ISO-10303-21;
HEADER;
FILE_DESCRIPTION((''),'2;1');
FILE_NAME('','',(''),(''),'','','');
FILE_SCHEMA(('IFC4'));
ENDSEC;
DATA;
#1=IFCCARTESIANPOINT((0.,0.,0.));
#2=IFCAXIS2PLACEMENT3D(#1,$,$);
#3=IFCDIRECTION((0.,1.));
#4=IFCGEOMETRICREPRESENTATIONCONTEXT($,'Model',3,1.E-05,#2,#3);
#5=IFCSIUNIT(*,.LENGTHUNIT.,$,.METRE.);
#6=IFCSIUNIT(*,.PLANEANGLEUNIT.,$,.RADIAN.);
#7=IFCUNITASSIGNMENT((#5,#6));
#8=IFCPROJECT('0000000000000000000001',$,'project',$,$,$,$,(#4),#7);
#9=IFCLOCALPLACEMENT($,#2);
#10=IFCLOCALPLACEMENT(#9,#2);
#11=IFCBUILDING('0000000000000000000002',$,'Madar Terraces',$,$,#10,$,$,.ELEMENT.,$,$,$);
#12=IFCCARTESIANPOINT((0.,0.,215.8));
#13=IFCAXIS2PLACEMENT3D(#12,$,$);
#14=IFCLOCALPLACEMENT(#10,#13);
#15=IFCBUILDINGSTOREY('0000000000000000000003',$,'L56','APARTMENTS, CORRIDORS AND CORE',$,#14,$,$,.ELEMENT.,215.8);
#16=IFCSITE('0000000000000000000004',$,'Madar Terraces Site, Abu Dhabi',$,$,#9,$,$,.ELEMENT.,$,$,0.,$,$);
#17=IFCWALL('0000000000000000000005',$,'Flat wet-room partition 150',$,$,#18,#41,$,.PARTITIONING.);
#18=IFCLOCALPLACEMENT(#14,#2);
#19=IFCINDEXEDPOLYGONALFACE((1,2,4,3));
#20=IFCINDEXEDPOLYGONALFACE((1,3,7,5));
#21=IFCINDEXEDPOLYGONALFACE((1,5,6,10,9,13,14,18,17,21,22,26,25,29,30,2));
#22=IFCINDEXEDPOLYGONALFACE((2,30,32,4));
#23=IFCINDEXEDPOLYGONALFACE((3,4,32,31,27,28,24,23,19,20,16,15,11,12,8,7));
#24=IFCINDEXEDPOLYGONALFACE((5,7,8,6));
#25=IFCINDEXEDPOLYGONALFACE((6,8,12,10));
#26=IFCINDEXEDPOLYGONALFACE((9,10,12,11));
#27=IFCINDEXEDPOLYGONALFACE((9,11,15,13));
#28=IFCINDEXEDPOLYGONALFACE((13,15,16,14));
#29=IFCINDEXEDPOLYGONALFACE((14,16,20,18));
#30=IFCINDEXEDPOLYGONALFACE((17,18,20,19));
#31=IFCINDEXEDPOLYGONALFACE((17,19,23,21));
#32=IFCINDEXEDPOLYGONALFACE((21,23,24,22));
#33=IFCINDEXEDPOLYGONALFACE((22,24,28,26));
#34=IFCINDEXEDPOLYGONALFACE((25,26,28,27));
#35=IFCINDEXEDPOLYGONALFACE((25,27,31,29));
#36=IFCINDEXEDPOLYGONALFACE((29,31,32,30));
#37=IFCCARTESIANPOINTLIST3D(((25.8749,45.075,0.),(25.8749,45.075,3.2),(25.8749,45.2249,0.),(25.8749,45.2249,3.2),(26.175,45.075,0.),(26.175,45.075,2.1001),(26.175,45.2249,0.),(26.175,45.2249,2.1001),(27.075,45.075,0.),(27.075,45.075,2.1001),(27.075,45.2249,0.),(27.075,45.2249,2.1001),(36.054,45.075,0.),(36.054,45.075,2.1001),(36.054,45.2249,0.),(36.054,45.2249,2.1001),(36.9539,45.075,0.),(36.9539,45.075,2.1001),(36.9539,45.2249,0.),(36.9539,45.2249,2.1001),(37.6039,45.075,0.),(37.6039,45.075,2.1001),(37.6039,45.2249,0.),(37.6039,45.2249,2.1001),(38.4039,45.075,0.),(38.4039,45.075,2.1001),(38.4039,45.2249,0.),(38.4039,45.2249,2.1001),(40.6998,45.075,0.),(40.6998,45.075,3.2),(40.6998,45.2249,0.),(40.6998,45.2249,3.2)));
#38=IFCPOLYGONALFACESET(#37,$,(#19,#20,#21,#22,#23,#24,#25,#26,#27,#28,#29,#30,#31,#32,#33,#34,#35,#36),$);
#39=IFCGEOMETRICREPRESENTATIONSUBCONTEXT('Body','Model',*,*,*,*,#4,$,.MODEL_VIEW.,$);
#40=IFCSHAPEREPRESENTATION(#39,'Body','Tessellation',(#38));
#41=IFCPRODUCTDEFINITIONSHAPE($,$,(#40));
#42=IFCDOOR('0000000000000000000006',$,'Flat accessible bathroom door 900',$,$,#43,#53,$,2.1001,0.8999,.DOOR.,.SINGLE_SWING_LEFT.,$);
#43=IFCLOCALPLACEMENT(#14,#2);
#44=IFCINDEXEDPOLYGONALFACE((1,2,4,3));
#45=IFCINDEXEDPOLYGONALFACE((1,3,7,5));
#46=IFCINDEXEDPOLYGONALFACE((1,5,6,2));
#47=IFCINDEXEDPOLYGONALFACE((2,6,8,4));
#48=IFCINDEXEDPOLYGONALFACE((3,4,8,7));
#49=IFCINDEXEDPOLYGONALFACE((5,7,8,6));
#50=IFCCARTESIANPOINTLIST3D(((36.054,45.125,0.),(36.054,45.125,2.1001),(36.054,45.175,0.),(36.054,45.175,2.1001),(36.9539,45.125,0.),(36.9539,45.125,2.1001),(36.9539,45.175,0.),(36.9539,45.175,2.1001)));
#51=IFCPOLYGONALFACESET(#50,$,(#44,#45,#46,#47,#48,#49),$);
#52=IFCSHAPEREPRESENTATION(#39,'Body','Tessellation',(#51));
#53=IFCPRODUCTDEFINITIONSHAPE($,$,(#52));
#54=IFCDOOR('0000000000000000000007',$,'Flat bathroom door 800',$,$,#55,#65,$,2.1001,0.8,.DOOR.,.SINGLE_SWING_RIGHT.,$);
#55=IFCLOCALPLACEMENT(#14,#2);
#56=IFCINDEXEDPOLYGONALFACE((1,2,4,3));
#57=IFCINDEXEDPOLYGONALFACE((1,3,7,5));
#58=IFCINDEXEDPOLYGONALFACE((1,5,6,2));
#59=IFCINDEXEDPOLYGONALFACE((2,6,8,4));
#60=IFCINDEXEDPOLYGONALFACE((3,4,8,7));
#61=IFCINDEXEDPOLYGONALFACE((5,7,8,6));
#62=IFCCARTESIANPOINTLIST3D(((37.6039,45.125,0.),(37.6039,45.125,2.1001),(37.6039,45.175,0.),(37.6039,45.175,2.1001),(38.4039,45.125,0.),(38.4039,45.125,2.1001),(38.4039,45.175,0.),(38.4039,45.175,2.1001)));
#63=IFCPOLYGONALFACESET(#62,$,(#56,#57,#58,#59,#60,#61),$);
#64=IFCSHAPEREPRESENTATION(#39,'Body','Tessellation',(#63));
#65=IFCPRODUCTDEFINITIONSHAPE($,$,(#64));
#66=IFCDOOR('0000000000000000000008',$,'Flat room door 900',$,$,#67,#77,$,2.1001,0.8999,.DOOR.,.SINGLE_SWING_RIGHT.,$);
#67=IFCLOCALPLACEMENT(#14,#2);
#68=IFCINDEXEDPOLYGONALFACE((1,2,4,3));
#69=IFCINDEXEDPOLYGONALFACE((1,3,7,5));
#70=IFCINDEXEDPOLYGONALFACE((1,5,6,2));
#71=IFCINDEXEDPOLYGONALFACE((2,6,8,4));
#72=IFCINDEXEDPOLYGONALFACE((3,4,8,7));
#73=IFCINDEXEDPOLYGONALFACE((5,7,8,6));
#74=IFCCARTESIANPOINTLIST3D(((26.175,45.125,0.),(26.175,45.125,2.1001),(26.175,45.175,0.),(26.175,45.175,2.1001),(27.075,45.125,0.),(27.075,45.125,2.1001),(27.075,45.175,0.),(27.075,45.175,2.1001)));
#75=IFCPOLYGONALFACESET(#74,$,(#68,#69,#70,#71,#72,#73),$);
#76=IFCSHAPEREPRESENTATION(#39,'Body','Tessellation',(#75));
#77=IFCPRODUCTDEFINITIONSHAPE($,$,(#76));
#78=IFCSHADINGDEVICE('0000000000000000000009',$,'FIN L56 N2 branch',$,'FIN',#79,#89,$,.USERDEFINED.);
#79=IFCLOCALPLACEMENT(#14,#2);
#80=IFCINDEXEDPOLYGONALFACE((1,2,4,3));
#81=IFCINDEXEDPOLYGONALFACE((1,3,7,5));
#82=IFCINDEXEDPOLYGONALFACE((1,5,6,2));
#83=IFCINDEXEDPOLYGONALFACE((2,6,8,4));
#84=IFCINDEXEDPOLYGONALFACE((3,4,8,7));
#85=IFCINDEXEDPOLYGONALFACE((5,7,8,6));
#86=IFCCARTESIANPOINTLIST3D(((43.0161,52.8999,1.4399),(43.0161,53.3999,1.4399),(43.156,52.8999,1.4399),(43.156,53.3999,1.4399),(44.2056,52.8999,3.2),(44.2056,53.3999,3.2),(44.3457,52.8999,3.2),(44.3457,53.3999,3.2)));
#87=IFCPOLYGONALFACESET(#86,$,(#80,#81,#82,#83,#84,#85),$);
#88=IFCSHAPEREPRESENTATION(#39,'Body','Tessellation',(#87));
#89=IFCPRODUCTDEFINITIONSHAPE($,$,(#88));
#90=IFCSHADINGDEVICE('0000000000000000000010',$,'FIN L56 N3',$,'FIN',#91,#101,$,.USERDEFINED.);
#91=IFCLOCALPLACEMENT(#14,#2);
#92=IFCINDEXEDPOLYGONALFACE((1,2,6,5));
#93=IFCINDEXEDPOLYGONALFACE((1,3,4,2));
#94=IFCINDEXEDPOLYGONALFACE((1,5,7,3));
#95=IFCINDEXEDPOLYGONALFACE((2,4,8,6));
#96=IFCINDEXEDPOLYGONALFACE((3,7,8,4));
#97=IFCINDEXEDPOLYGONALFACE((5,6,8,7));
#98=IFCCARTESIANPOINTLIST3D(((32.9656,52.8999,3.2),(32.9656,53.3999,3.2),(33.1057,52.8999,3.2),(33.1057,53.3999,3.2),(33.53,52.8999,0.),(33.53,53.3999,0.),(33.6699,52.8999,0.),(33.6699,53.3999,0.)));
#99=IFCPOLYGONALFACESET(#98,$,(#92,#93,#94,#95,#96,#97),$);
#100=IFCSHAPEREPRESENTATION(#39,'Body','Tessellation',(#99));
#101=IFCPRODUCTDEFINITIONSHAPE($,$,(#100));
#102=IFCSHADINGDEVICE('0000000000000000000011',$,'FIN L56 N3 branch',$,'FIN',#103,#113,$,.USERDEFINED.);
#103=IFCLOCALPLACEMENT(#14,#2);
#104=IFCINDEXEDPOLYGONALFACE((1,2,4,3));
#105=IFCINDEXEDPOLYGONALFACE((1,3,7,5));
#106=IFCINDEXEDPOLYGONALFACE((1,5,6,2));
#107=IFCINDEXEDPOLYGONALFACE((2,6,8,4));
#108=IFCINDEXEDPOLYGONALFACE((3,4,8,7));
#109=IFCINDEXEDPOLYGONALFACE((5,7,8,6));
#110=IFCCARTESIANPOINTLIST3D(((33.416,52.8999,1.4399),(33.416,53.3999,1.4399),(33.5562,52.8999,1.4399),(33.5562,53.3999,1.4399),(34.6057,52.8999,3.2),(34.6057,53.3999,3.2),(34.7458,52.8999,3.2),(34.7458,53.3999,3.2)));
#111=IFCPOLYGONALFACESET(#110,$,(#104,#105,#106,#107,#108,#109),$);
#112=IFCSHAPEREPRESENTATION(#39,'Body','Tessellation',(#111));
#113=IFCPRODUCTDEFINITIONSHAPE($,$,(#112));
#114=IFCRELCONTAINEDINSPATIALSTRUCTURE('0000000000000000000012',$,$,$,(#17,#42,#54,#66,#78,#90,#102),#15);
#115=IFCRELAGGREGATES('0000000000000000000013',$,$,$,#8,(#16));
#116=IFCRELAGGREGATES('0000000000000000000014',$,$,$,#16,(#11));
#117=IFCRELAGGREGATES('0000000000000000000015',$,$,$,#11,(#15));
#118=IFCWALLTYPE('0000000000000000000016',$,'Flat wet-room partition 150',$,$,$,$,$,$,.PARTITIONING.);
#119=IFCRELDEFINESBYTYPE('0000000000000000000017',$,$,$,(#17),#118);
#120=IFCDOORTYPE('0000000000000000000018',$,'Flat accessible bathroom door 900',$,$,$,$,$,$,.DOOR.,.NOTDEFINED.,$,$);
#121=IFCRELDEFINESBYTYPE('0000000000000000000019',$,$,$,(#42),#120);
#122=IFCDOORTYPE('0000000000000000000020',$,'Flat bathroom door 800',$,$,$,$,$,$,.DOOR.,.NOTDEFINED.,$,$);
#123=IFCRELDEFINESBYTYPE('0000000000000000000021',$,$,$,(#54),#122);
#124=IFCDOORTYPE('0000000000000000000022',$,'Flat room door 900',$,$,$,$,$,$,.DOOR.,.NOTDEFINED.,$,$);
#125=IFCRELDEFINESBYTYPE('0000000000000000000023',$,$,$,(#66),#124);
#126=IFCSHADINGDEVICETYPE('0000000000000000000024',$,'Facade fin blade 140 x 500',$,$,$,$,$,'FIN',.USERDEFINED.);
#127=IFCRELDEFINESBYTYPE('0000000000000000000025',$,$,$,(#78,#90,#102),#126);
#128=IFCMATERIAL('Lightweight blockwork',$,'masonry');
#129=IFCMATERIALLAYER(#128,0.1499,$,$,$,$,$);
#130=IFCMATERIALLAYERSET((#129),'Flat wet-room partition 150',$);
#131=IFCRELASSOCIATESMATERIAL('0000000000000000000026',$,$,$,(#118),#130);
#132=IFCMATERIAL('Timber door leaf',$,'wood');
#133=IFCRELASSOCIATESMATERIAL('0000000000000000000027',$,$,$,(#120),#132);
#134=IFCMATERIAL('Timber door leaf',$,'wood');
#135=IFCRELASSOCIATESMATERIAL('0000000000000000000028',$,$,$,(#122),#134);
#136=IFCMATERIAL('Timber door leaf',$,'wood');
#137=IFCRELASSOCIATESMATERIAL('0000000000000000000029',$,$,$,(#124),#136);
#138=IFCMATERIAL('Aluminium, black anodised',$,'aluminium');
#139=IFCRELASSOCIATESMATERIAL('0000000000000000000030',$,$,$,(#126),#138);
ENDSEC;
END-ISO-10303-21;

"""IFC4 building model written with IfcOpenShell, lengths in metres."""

from ifc_helpers import new_model, si_unit, direction, frame, frame_2d, origin, place, context, subcontext, project, spatial, polyline, rectangle, outline, extrude, material, layer, layer_set, type_object, element, fill, save


model = new_model("IFC4")

# Units and contexts
model_context = context("Model", 3, precision=1e-05, world=origin(), true_north=direction((0.0, 1.0)))
body_context = subcontext(model_context, "Body", "Model", "MODEL_VIEW")
ifc_project = project(units=[si_unit("LENGTHUNIT", "METRE"), si_unit("PLANEANGLEUNIT", "RADIAN")], contexts=[model_context])

# Site, building, storey
site_placement = place(None, origin())
site = spatial("IfcSite", under=ifc_project, at=site_placement, Name="Madar Terraces Site, Abu Dhabi", CompositionType="ELEMENT", RefElevation=0.0)
building_placement = place(site_placement, origin())
building = spatial("IfcBuilding", under=site, at=building_placement, Name="Madar Terraces", CompositionType="ELEMENT")
storey_placement = place(building_placement, frame((0.0, 0.0, 215.8)))
storey = spatial("IfcBuildingStorey", under=building, at=storey_placement, Name="L56", Description="APARTMENTS, CORRIDORS AND CORE", CompositionType="ELEMENT", Elevation=215.8)

# Wall, openings, doors
ifc_material_1 = material(Name="Lightweight blockwork", Category="masonry")
ifc_layer_1 = layer(ifc_material_1, 0.1499)
ifc_layer_set_1 = layer_set([ifc_layer_1], Name="Flat wet-room partition 150")
wall_type_1 = type_object("IfcWallType", Name="Flat wet-room partition 150", PredefinedType="PARTITIONING", material=ifc_layer_set_1)
wall_1_placement = place(storey_placement, frame((40.7, 45.1499, 0.0), z_axis=(0.0, 0.0, 1.0), x_axis=(-1.0, 0.0, 0.0)))
wall_1 = element("IfcWall", 1, at=wall_1_placement, inside=storey, type_object=wall_type_1, Name="Flat wet-room partition 150", PredefinedType="PARTITIONING", context=body_context, shape_type="SweptSolid", body=[
    extrude(rectangle(XDim=14.825, YDim=0.1499, at=frame_2d((7.4126, 0.0))), origin(), (0.0, 0.0, 1.0), 3.2),
])
opening_1_placement = place(wall_1_placement, frame((13.625, 0.0, 0.0)))
opening_1 = element("IfcOpeningElement", 2, at=opening_1_placement, cuts=wall_1, PredefinedType="OPENING", context=body_context, shape_type="SweptSolid", body=[
    extrude(rectangle(XDim=0.8999, YDim=2.1001, at=frame_2d((0.45, 1.05))), frame((0.0, 0.085, 0.0), z_axis=(0.0, -1.0, 0.0), x_axis=(1.0, 0.0, 0.0)), (0.0, 0.0, 1.0), 0.1699),
])
opening_2_placement = place(wall_1_placement, frame((3.7461, 0.0, 0.0)))
opening_2 = element("IfcOpeningElement", 3, at=opening_2_placement, cuts=wall_1, PredefinedType="OPENING", context=body_context, shape_type="SweptSolid", body=[
    extrude(rectangle(XDim=0.8999, YDim=2.1001, at=frame_2d((0.45, 1.05))), frame((0.0, 0.085, 0.0), z_axis=(0.0, -1.0, 0.0), x_axis=(1.0, 0.0, 0.0)), (0.0, 0.0, 1.0), 0.1699),
])
opening_3_placement = place(wall_1_placement, frame((2.2961, 0.0, 0.0)))
opening_3 = element("IfcOpeningElement", 4, at=opening_3_placement, cuts=wall_1, PredefinedType="OPENING", context=body_context, shape_type="SweptSolid", body=[
    extrude(rectangle(XDim=0.8, YDim=2.1001, at=frame_2d((0.3999, 1.05))), frame((0.0, 0.085, 0.0), z_axis=(0.0, -1.0, 0.0), x_axis=(1.0, 0.0, 0.0)), (0.0, 0.0, 1.0), 0.1699),
])
ifc_material_2 = material(Name="Timber door leaf", Category="wood")
door_type_1 = type_object("IfcDoorType", Name="Flat accessible bathroom door 900", OperationType="NOTDEFINED", PredefinedType="DOOR", material=ifc_material_2)
door_1_placement = place(opening_2_placement, origin())
door_1 = element("IfcDoor", 5, at=door_1_placement, inside=storey, type_object=door_type_1, Name="Flat accessible bathroom door 900", OperationType="SINGLE_SWING_LEFT", OverallHeight=2.1001, OverallWidth=0.8999, PredefinedType="DOOR", context=body_context, shape_type="SweptSolid", body=[
    extrude(rectangle(XDim=0.8999, YDim=2.1001, at=frame_2d((0.45, 1.05))), frame((0.0, 0.0249, 0.0), z_axis=(0.0, -1.0, 0.0), x_axis=(1.0, 0.0, 0.0)), (0.0, 0.0, 1.0), 0.05),
])
fill(opening_2, door_1)
ifc_material_3 = material(Name="Timber door leaf", Category="wood")
door_type_2 = type_object("IfcDoorType", Name="Flat bathroom door 800", OperationType="NOTDEFINED", PredefinedType="DOOR", material=ifc_material_3)
door_2_placement = place(opening_3_placement, origin())
door_2 = element("IfcDoor", 6, at=door_2_placement, inside=storey, type_object=door_type_2, Name="Flat bathroom door 800", OperationType="SINGLE_SWING_RIGHT", OverallHeight=2.1001, OverallWidth=0.8, PredefinedType="DOOR", context=body_context, shape_type="SweptSolid", body=[
    extrude(rectangle(XDim=0.8, YDim=2.1001, at=frame_2d((0.3999, 1.05))), frame((0.0, 0.0249, 0.0), z_axis=(0.0, -1.0, 0.0), x_axis=(1.0, 0.0, 0.0)), (0.0, 0.0, 1.0), 0.05),
])
fill(opening_3, door_2)
ifc_material_4 = material(Name="Timber door leaf", Category="wood")
door_type_3 = type_object("IfcDoorType", Name="Flat room door 900", OperationType="NOTDEFINED", PredefinedType="DOOR", material=ifc_material_4)
door_3_placement = place(opening_1_placement, origin())
door_3 = element("IfcDoor", 7, at=door_3_placement, inside=storey, type_object=door_type_3, Name="Flat room door 900", OperationType="SINGLE_SWING_RIGHT", OverallHeight=2.1001, OverallWidth=0.8999, PredefinedType="DOOR", context=body_context, shape_type="SweptSolid", body=[
    extrude(rectangle(XDim=0.8999, YDim=2.1001, at=frame_2d((0.45, 1.05))), frame((0.0, 0.0249, 0.0), z_axis=(0.0, -1.0, 0.0), x_axis=(1.0, 0.0, 0.0)), (0.0, 0.0, 1.0), 0.05),
])
fill(opening_1, door_3)

# Shading devices
ifc_material_5 = material(Name="Aluminium, black anodised", Category="aluminium")
shading_device_type = type_object("IfcShadingDeviceType", Name="Facade fin blade 140 x 500", ElementType="FIN", PredefinedType="USERDEFINED", material=ifc_material_5)
shading_device_1_placement = place(storey_placement, frame((43.156, 53.1499, 1.4399), z_axis=(0.0, 0.0, 1.0), x_axis=(-1.0, 0.0, 0.0)))
element("IfcShadingDevice", 8, at=shading_device_1_placement, inside=storey, type_object=shading_device_type, Name="FIN L56 N2 branch", ObjectType="FIN", PredefinedType="USERDEFINED", context=body_context, shape_type="SweptSolid", body=[
    extrude(outline(polyline([(0.0, 0.0), (0.1399, 0.0), (-1.0496, 1.76), (-1.1897, 1.76), (0.0, 0.0)])), frame((0.0, 0.25, 0.0), z_axis=(0.0, -1.0, 0.0), x_axis=(1.0, 0.0, 0.0)), (0.0, 0.0, 1.0), 0.5),
])
shading_device_2_placement = place(storey_placement, frame((33.6699, 53.1499, 0.0), z_axis=(0.0, 0.0, 1.0), x_axis=(-1.0, 0.0, 0.0)))
element("IfcShadingDevice", 9, at=shading_device_2_placement, inside=storey, type_object=shading_device_type, Name="FIN L56 N3", ObjectType="FIN", PredefinedType="USERDEFINED", context=body_context, shape_type="SweptSolid", body=[
    extrude(outline(polyline([(0.0, 0.0), (0.1399, 0.0), (0.7043, 3.2), (0.5642, 3.2), (0.0, 0.0)])), frame((0.0, 0.25, 0.0), z_axis=(0.0, -1.0, 0.0), x_axis=(1.0, 0.0, 0.0)), (0.0, 0.0, 1.0), 0.5),
])
shading_device_3_placement = place(storey_placement, frame((33.5562, 53.1499, 1.4399), z_axis=(0.0, 0.0, 1.0), x_axis=(-1.0, 0.0, 0.0)))
element("IfcShadingDevice", 10, at=shading_device_3_placement, inside=storey, type_object=shading_device_type, Name="FIN L56 N3 branch", ObjectType="FIN", PredefinedType="USERDEFINED", context=body_context, shape_type="SweptSolid", body=[
    extrude(outline(polyline([(0.0, 0.0), (0.1401, 0.0), (-1.0496, 1.76), (-1.1897, 1.76), (0.0, 0.0)])), frame((0.0, 0.25, 0.0), z_axis=(0.0, -1.0, 0.0), x_axis=(1.0, 0.0, 0.0)), (0.0, 0.0, 1.0), 0.5),
])

save(model, "model.ifc")
